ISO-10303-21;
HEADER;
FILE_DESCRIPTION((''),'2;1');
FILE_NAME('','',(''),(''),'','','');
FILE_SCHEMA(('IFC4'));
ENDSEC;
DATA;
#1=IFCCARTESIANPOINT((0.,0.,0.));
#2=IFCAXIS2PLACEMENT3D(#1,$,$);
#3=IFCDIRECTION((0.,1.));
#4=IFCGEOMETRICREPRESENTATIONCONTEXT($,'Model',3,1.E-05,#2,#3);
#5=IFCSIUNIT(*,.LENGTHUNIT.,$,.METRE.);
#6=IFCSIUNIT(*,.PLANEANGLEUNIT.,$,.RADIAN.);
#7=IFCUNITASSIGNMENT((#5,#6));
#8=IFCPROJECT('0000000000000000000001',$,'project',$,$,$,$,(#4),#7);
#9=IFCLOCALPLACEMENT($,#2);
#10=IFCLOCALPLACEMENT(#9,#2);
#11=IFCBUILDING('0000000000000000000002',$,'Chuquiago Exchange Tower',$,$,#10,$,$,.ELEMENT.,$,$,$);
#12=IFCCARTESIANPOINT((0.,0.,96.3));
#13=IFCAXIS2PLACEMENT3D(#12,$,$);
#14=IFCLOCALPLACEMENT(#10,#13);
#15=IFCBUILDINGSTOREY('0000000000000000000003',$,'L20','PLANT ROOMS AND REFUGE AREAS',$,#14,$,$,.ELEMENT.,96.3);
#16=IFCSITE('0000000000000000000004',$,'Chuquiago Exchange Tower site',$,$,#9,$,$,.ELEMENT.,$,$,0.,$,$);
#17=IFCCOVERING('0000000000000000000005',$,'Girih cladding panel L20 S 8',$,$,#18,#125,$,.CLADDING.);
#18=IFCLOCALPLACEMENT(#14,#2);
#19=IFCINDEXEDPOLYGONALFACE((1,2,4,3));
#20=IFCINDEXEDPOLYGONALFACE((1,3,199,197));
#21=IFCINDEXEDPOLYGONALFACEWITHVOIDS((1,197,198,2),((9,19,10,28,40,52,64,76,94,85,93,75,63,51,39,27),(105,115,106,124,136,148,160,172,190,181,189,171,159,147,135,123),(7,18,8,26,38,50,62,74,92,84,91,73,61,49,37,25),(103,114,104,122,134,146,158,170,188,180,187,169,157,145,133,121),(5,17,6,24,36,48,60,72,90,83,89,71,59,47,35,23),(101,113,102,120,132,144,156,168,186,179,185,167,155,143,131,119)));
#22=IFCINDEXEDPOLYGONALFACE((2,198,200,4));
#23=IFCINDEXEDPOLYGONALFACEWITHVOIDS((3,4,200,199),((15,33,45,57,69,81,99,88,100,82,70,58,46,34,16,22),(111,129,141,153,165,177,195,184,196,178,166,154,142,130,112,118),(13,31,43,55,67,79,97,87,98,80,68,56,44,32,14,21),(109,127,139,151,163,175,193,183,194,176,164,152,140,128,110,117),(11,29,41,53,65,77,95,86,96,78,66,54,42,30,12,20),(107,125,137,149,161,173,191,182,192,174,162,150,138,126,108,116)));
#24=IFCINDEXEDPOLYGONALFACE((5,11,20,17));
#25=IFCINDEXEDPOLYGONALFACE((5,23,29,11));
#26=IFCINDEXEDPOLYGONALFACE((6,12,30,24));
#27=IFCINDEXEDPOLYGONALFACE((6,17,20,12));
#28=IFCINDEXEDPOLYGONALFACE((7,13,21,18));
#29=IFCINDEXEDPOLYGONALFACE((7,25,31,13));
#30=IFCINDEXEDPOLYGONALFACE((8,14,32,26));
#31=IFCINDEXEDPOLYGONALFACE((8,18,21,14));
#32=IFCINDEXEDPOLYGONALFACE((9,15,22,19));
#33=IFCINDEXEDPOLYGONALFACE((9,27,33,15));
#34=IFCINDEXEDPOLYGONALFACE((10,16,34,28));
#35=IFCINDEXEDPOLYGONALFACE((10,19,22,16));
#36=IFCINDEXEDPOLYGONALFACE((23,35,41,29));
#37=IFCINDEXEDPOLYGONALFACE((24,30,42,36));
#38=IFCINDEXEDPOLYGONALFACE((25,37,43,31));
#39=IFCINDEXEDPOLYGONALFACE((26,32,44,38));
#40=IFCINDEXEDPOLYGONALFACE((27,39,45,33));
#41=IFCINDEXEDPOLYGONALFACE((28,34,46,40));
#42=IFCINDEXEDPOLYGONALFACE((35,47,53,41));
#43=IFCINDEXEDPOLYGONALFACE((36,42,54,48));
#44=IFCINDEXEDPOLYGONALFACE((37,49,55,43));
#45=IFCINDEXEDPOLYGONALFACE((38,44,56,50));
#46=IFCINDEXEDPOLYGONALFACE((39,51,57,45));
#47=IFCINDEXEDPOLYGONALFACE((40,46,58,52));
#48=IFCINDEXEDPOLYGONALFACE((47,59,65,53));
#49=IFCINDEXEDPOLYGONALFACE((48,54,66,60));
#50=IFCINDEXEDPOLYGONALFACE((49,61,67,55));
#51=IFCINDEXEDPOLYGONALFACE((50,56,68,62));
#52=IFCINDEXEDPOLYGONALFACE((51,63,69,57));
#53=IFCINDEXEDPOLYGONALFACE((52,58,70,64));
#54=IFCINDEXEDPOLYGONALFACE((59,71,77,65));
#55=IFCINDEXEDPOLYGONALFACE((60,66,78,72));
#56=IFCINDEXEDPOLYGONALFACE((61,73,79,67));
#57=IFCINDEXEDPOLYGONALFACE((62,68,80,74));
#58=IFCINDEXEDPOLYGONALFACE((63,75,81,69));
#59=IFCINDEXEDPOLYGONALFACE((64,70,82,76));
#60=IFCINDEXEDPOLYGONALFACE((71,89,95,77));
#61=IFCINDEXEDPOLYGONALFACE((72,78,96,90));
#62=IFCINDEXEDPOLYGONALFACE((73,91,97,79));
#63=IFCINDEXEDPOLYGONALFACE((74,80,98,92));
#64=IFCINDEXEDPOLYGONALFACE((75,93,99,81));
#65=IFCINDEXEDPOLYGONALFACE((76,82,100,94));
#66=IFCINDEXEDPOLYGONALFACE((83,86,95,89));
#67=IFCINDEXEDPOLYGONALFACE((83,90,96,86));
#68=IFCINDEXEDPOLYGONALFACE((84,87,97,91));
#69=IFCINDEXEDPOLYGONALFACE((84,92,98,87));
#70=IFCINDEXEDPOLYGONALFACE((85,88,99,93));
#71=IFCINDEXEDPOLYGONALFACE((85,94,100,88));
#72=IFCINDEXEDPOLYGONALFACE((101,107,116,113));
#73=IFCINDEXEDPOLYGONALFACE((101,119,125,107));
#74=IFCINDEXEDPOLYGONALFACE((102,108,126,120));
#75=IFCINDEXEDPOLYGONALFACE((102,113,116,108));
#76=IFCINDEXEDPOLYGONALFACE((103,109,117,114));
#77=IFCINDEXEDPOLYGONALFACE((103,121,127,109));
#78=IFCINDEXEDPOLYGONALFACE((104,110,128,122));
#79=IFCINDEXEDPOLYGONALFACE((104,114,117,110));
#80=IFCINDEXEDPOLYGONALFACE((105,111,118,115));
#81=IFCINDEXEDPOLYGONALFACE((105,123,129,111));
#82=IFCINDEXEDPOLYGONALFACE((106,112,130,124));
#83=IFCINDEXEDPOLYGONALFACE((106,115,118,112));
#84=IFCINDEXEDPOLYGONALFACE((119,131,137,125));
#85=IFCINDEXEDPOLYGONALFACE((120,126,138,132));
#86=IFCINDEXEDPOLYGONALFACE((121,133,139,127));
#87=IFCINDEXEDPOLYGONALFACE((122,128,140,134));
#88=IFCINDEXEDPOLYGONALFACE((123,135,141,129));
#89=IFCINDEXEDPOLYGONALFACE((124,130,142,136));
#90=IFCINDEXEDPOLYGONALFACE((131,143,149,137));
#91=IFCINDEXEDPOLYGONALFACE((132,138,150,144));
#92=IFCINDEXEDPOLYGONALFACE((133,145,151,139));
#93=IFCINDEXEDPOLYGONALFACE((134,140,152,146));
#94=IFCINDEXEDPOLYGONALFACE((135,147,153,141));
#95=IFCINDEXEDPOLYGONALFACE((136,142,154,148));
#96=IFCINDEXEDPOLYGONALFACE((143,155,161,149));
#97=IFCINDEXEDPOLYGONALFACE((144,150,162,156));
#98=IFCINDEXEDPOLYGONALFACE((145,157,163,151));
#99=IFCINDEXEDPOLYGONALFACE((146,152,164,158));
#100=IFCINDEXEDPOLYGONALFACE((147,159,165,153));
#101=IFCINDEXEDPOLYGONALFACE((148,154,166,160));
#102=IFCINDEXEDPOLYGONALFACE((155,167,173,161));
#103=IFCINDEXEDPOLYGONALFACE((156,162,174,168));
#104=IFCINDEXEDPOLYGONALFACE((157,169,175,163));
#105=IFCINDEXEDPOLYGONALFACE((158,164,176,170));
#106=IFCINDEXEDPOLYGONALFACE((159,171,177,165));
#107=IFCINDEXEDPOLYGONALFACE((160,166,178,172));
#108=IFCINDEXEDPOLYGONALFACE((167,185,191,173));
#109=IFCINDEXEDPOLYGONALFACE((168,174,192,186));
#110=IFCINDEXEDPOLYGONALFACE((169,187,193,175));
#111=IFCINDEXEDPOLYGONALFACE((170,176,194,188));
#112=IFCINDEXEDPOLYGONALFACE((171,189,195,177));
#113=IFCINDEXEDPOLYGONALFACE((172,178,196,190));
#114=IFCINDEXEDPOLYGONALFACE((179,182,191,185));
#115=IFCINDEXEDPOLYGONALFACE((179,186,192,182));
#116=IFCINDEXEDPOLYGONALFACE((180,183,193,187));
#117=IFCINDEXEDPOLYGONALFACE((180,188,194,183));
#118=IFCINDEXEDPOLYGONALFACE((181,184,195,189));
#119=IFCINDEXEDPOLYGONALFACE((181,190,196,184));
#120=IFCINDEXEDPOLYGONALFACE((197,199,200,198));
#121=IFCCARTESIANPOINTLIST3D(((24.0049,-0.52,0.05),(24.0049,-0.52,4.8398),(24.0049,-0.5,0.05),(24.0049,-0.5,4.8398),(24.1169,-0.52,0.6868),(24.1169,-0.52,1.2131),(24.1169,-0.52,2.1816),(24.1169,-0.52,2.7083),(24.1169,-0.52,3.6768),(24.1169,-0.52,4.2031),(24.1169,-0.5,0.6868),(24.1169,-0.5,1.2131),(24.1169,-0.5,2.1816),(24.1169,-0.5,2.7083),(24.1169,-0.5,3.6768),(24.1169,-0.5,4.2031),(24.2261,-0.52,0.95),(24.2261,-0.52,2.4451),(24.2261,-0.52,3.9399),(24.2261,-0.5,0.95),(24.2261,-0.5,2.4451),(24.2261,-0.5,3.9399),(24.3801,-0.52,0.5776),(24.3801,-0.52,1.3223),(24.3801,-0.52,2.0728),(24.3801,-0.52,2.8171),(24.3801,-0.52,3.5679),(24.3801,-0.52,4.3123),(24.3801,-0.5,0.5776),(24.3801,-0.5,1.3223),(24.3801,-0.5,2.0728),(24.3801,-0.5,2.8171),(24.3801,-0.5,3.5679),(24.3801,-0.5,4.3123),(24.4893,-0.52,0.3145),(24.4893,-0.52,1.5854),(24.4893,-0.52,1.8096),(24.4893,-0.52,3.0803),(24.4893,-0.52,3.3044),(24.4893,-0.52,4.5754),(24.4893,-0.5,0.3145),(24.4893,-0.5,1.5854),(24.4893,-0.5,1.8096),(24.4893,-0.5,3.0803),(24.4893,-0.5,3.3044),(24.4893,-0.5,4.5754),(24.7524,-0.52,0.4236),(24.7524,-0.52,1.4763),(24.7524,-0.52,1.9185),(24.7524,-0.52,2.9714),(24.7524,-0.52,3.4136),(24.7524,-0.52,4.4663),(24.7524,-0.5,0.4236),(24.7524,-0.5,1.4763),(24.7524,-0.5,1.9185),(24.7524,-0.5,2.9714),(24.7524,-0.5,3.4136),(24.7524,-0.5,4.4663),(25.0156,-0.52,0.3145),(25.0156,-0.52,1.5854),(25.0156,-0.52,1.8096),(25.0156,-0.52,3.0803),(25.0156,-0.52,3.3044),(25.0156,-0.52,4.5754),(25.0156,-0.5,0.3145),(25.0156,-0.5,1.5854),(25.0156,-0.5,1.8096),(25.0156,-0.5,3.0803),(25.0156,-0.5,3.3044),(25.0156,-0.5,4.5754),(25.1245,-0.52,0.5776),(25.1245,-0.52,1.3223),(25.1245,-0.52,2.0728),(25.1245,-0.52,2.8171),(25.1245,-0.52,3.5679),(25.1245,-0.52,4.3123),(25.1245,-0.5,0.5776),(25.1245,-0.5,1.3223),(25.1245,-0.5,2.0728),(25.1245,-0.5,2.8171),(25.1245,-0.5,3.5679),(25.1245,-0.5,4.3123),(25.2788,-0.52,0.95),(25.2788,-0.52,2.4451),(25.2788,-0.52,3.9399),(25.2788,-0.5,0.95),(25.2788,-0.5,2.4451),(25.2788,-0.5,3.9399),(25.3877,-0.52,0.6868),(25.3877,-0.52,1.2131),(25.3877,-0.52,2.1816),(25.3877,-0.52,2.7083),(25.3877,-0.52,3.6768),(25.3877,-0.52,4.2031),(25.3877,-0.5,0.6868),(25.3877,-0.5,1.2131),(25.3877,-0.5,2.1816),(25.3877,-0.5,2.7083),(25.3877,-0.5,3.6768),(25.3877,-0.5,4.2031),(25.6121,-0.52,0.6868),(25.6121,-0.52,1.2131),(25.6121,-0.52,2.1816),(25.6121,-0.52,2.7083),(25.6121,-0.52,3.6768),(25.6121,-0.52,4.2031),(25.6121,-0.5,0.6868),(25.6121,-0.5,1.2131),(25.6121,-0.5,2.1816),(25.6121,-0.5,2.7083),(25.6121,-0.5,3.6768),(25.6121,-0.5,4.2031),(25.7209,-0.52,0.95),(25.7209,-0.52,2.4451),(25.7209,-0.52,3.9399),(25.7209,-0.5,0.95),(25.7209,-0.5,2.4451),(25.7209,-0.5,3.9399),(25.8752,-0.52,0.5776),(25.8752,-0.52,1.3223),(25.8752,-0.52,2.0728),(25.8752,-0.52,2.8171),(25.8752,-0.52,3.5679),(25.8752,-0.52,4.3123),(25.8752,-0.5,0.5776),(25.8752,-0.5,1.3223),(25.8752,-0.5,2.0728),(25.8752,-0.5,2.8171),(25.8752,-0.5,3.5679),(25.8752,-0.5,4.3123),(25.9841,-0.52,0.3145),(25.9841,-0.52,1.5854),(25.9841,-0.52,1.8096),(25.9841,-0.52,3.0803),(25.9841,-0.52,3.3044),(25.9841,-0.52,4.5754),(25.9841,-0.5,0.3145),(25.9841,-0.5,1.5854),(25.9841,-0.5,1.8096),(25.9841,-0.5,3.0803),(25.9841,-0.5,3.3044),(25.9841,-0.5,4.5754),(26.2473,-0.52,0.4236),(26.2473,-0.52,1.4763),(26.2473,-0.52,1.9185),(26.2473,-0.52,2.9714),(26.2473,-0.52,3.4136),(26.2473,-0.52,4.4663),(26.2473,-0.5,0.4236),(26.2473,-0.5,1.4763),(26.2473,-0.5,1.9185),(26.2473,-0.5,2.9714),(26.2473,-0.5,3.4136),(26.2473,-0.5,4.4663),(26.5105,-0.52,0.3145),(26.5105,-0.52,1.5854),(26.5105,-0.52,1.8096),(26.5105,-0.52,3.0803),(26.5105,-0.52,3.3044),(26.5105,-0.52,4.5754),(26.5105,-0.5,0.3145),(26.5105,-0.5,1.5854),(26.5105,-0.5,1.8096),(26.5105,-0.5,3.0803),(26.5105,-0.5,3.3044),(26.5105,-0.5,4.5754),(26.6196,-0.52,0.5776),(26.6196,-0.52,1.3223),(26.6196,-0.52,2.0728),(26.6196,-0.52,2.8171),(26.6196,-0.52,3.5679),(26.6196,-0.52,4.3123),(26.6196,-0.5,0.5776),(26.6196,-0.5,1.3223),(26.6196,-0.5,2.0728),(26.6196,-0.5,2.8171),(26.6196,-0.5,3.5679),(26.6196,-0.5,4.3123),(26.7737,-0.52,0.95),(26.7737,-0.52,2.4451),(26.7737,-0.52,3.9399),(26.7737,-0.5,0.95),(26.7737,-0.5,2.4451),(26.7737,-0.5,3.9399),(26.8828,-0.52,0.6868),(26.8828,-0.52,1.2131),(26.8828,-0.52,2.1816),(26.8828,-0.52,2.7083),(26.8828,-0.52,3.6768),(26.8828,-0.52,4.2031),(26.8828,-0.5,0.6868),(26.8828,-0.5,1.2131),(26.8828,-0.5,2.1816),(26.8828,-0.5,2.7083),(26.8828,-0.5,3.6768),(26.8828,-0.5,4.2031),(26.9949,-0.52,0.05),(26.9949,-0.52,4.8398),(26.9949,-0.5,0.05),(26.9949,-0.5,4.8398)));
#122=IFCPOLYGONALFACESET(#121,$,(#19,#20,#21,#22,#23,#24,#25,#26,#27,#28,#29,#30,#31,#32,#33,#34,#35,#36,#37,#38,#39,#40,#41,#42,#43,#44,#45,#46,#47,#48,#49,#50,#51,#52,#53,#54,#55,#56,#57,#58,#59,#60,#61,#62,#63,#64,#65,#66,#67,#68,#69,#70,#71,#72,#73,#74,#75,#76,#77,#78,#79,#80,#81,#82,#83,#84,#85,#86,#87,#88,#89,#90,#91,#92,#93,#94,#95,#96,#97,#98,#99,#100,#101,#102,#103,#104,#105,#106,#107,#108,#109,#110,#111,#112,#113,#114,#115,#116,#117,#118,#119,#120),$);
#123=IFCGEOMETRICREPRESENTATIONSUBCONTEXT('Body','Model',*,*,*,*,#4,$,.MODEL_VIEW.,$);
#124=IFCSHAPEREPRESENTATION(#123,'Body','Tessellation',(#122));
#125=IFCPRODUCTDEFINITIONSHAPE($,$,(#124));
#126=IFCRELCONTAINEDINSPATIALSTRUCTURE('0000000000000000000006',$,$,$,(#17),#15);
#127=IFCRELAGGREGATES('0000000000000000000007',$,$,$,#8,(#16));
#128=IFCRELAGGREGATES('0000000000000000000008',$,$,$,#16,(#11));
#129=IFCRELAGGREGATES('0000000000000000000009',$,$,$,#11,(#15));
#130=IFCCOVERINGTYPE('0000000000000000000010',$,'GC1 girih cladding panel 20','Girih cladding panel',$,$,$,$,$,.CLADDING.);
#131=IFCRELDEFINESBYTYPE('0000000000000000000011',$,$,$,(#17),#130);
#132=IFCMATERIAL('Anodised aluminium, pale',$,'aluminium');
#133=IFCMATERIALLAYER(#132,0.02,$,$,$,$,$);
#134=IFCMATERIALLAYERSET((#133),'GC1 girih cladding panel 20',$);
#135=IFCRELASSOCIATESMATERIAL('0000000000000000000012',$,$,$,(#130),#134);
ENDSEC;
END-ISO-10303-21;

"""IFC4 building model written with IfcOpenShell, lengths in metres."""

from ifc_helpers import new_model, si_unit, direction, frame, origin, place, context, subcontext, project, spatial, polyline, outline, extrude, material, layer, layer_set, type_object, element, save


model = new_model("IFC4")

# Units and contexts
model_context = context("Model", 3, precision=1e-05, world=origin(), true_north=direction((0.0, 1.0)))
body_context = subcontext(model_context, "Body", "Model", "MODEL_VIEW")
ifc_project = project(units=[si_unit("LENGTHUNIT", "METRE"), si_unit("PLANEANGLEUNIT", "RADIAN")], contexts=[model_context])

# Site, building, storey
site_placement = place(None, origin())
site = spatial("IfcSite", under=ifc_project, at=site_placement, Name="Chuquiago Exchange Tower site", CompositionType="ELEMENT", RefElevation=0.0)
building_placement = place(site_placement, origin())
building = spatial("IfcBuilding", under=site, at=building_placement, Name="Chuquiago Exchange Tower", CompositionType="ELEMENT")
storey_placement = place(building_placement, frame((0.0, 0.0, 96.3)))
storey = spatial("IfcBuildingStorey", under=building, at=storey_placement, Name="L20", Description="PLANT ROOMS AND REFUGE AREAS", CompositionType="ELEMENT", Elevation=96.3)

# Covering
ifc_material_1 = material(Name="Anodised aluminium, pale", Category="aluminium")
ifc_layer_1 = layer(ifc_material_1, 0.02)
ifc_layer_set_1 = layer_set([ifc_layer_1], Name="GC1 girih cladding panel 20")
covering_type = type_object("IfcCoveringType", Name="GC1 girih cladding panel 20", Description="Girih cladding panel", PredefinedType="CLADDING", material=ifc_layer_set_1)
covering_1_placement = place(storey_placement, frame((24.0049, -0.5, 0.05), z_axis=(0.0, 0.0, 1.0), x_axis=(1.0, 0.0, 0.0)))
element("IfcCovering", 1, at=covering_1_placement, inside=storey, type_object=covering_type, Name="Girih cladding panel L20 S 8", PredefinedType="CLADDING", context=body_context, shape_type="SweptSolid", body=[
    extrude(outline(polyline([(0.0, 0.0), (2.99, 0.0), (2.99, 4.7898), (0.0, 4.7898), (0.0, 0.0)]), holes=[polyline([(1.2739, 0.8999), (1.3828, 1.1631), (1.1196, 1.2722), (1.0107, 1.5354), (0.7476, 1.4263), (0.4844, 1.5354), (0.3752, 1.2722), (0.1121, 1.1631), (0.2212, 0.8999), (0.1121, 0.6367), (0.3752, 0.5276), (0.4844, 0.2644), (0.7476, 0.3735), (1.0107, 0.2644), (1.1196, 0.5276), (1.3828, 0.6367), (1.2739, 0.8999)]), polyline([(2.7688, 0.8999), (2.8779, 1.1631), (2.6147, 1.2722), (2.5056, 1.5354), (2.2424, 1.4263), (1.9792, 1.5354), (1.8704, 1.2722), (1.6072, 1.1631), (1.7161, 0.8999), (1.6072, 0.6367), (1.8704, 0.5276), (1.9792, 0.2644), (2.2424, 0.3735), (2.5056, 0.2644), (2.6147, 0.5276), (2.8779, 0.6367), (2.7688, 0.8999)]), polyline([(1.2739, 2.395), (1.3828, 2.6582), (1.1196, 2.7671), (1.0107, 3.0303), (0.7476, 2.9214), (0.4844, 3.0303), (0.3752, 2.7671), (0.1121, 2.6582), (0.2212, 2.395), (0.1121, 2.1316), (0.3752, 2.0227), (0.4844, 1.7595), (0.7476, 1.8684), (1.0107, 1.7595), (1.1196, 2.0227), (1.3828, 2.1316), (1.2739, 2.395)]), polyline([(2.7688, 2.395), (2.8779, 2.6582), (2.6147, 2.7671), (2.5056, 3.0303), (2.2424, 2.9214), (1.9792, 3.0303), (1.8704, 2.7671), (1.6072, 2.6582), (1.7161, 2.395), (1.6072, 2.1316), (1.8704, 2.0227), (1.9792, 1.7595), (2.2424, 1.8684), (2.5056, 1.7595), (2.6147, 2.0227), (2.8779, 2.1316), (2.7688, 2.395)]), polyline([(1.2739, 3.8899), (1.3828, 4.1531), (1.1196, 4.2622), (1.0107, 4.5254), (0.7476, 4.4163), (0.4844, 4.5254), (0.3752, 4.2622), (0.1121, 4.1531), (0.2212, 3.8899), (0.1121, 3.6267), (0.3752, 3.5178), (0.4844, 3.2544), (0.7476, 3.3635), (1.0107, 3.2544), (1.1196, 3.5178), (1.3828, 3.6267), (1.2739, 3.8899)]), polyline([(2.7688, 3.8899), (2.8779, 4.1531), (2.6147, 4.2622), (2.5056, 4.5254), (2.2424, 4.4163), (1.9792, 4.5254), (1.8704, 4.2622), (1.6072, 4.1531), (1.7161, 3.8899), (1.6072, 3.6267), (1.8704, 3.5178), (1.9792, 3.2544), (2.2424, 3.3635), (2.5056, 3.2544), (2.6147, 3.5178), (2.8779, 3.6267), (2.7688, 3.8899)])]), frame((0.0, 0.0, 0.0), z_axis=(0.0, -1.0, 0.0), x_axis=(1.0, 0.0, 0.0)), (0.0, 0.0, 1.0), 0.02),
])

save(model, "model.ifc")
